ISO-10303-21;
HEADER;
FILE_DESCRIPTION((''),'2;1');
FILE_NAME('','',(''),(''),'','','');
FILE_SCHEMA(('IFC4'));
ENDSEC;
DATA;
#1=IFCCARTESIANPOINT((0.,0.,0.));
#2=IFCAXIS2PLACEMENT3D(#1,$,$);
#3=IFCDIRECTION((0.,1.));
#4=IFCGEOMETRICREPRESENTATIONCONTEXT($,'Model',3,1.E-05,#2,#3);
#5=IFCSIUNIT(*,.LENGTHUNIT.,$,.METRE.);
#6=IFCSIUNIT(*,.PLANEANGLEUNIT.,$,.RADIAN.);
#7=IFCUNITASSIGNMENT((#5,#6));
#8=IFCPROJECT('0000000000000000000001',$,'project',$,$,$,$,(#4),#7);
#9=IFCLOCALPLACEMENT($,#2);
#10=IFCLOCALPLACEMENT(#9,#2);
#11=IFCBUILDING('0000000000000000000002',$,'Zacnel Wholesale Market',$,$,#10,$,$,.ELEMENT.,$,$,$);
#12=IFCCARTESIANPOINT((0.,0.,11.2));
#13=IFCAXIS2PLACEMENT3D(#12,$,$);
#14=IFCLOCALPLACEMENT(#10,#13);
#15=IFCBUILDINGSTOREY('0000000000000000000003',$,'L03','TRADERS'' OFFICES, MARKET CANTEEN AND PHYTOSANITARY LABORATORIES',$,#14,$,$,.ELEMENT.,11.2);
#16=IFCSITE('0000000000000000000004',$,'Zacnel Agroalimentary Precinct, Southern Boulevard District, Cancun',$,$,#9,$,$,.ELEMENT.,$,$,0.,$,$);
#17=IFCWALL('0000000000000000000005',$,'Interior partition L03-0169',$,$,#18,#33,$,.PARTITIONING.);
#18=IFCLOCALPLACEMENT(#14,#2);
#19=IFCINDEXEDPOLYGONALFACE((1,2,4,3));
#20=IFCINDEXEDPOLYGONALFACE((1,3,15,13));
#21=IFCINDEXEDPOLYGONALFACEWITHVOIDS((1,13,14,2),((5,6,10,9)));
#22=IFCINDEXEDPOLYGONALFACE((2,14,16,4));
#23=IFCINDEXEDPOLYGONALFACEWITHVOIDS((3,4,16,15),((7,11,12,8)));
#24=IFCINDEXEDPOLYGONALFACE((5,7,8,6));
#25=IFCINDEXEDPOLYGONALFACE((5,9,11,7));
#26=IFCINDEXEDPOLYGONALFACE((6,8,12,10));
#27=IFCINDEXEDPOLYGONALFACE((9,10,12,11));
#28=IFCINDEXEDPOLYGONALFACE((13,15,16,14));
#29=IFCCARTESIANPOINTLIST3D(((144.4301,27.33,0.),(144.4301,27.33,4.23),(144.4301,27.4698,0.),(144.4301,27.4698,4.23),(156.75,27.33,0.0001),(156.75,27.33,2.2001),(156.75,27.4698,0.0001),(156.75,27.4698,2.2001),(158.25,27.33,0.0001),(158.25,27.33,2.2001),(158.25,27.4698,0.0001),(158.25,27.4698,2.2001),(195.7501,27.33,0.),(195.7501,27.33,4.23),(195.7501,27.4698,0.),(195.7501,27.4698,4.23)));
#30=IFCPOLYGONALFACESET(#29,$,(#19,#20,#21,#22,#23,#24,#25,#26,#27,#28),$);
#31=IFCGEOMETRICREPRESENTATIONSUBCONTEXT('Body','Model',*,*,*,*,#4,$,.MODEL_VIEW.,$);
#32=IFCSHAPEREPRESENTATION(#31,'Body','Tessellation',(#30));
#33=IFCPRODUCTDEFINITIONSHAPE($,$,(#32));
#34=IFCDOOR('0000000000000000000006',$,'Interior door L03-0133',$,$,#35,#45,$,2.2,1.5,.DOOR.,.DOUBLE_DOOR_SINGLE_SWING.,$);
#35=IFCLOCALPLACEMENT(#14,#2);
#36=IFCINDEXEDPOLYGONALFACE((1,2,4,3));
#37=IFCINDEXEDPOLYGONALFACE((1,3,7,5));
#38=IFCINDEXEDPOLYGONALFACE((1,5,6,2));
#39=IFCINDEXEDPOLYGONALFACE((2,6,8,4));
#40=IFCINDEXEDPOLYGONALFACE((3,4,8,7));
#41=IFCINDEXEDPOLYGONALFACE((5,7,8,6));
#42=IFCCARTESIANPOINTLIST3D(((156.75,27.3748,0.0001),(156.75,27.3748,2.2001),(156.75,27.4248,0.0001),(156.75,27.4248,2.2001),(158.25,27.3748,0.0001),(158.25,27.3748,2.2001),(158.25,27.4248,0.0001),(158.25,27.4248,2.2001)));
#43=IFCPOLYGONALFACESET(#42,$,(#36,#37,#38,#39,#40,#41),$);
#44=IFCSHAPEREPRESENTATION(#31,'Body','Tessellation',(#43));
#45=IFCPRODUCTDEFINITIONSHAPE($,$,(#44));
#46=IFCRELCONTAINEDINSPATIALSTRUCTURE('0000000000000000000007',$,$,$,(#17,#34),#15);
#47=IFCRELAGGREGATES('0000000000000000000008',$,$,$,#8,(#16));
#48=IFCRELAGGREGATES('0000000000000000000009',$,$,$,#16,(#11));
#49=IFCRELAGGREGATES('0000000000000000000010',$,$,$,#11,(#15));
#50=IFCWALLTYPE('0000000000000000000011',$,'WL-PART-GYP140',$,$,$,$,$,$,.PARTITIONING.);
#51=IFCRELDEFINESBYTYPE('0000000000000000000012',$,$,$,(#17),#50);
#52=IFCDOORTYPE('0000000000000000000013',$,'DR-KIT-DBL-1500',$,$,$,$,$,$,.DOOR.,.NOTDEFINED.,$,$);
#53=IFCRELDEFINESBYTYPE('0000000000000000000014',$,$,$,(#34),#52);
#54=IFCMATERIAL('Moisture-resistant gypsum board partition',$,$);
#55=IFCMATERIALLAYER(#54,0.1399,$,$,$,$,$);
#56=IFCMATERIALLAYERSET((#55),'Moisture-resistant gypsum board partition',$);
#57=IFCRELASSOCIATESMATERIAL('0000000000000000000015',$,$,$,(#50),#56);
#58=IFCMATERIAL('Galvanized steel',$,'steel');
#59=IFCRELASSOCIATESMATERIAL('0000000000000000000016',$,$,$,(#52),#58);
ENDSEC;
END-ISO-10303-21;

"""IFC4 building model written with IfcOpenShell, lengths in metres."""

from ifc_helpers import new_model, si_unit, direction, frame, frame_2d, origin, place, context, subcontext, project, spatial, rectangle, extrude, material, layer, layer_set, type_object, element, fill, save


model = new_model("IFC4")

# Units and contexts
model_context = context("Model", 3, precision=1e-05, world=origin(), true_north=direction((0.0, 1.0)))
body_context = subcontext(model_context, "Body", "Model", "MODEL_VIEW")
ifc_project = project(units=[si_unit("LENGTHUNIT", "METRE"), si_unit("PLANEANGLEUNIT", "RADIAN")], contexts=[model_context])

# Site, building, storey
site_placement = place(None, origin())
site = spatial("IfcSite", under=ifc_project, at=site_placement, Name="Zacnel Agroalimentary Precinct, Southern Boulevard District, Cancun", CompositionType="ELEMENT", RefElevation=0.0)
building_placement = place(site_placement, origin())
building = spatial("IfcBuilding", under=site, at=building_placement, Name="Zacnel Wholesale Market", CompositionType="ELEMENT")
storey_placement = place(building_placement, frame((0.0, 0.0, 11.2)))
storey = spatial("IfcBuildingStorey", under=building, at=storey_placement, Name="L03", Description="TRADERS' OFFICES, MARKET CANTEEN AND PHYTOSANITARY LABORATORIES", CompositionType="ELEMENT", Elevation=11.2)

# Wall, opening, door
ifc_material_1 = material(Name="Moisture-resistant gypsum board partition")
ifc_layer_1 = layer(ifc_material_1, 0.1399)
ifc_layer_set_1 = layer_set([ifc_layer_1], Name="Moisture-resistant gypsum board partition")
wall_type_1 = type_object("IfcWallType", Name="WL-PART-GYP140", PredefinedType="PARTITIONING", material=ifc_layer_set_1)
wall_1_placement = place(storey_placement, frame((144.4299, 27.3999, 0.0), z_axis=(0.0, 0.0, 1.0), x_axis=(1.0, 0.0, 0.0)))
wall_1 = element("IfcWall", 1, at=wall_1_placement, inside=storey, type_object=wall_type_1, Name="Interior partition L03-0169", PredefinedType="PARTITIONING", context=body_context, shape_type="SweptSolid", body=[
    extrude(rectangle(XDim=51.3201, YDim=0.1399, at=frame_2d((25.6602, 0.0))), origin(), (0.0, 0.0, 1.0), 4.23),
])
opening_1_placement = place(wall_1_placement, frame((12.3201, 0.0, 0.0)))
opening_1 = element("IfcOpeningElement", 2, at=opening_1_placement, cuts=wall_1, PredefinedType="OPENING", context=body_context, shape_type="SweptSolid", body=[
    extrude(rectangle(XDim=1.5, YDim=2.2, at=frame_2d((0.75, 1.1001))), frame((0.0, 0.0798, 0.0), z_axis=(0.0, -1.0, 0.0), x_axis=(1.0, 0.0, 0.0)), (0.0, 0.0, 1.0), 0.1599),
])
ifc_material_2 = material(Name="Galvanized steel", Category="steel")
door_type_1 = type_object("IfcDoorType", Name="DR-KIT-DBL-1500", OperationType="NOTDEFINED", PredefinedType="DOOR", material=ifc_material_2)
door_1_placement = place(opening_1_placement, origin())
door_1 = element("IfcDoor", 3, at=door_1_placement, inside=storey, type_object=door_type_1, Name="Interior door L03-0133", OperationType="DOUBLE_DOOR_SINGLE_SWING", OverallHeight=2.2, OverallWidth=1.5, PredefinedType="DOOR", context=body_context, shape_type="SweptSolid", body=[
    extrude(rectangle(XDim=1.5, YDim=2.2, at=frame_2d((0.75, 1.1001))), frame((0.0, 0.0249, 0.0), z_axis=(0.0, -1.0, 0.0), x_axis=(1.0, 0.0, 0.0)), (0.0, 0.0, 1.0), 0.05),
])
fill(opening_1, door_1)

save(model, "model.ifc")
